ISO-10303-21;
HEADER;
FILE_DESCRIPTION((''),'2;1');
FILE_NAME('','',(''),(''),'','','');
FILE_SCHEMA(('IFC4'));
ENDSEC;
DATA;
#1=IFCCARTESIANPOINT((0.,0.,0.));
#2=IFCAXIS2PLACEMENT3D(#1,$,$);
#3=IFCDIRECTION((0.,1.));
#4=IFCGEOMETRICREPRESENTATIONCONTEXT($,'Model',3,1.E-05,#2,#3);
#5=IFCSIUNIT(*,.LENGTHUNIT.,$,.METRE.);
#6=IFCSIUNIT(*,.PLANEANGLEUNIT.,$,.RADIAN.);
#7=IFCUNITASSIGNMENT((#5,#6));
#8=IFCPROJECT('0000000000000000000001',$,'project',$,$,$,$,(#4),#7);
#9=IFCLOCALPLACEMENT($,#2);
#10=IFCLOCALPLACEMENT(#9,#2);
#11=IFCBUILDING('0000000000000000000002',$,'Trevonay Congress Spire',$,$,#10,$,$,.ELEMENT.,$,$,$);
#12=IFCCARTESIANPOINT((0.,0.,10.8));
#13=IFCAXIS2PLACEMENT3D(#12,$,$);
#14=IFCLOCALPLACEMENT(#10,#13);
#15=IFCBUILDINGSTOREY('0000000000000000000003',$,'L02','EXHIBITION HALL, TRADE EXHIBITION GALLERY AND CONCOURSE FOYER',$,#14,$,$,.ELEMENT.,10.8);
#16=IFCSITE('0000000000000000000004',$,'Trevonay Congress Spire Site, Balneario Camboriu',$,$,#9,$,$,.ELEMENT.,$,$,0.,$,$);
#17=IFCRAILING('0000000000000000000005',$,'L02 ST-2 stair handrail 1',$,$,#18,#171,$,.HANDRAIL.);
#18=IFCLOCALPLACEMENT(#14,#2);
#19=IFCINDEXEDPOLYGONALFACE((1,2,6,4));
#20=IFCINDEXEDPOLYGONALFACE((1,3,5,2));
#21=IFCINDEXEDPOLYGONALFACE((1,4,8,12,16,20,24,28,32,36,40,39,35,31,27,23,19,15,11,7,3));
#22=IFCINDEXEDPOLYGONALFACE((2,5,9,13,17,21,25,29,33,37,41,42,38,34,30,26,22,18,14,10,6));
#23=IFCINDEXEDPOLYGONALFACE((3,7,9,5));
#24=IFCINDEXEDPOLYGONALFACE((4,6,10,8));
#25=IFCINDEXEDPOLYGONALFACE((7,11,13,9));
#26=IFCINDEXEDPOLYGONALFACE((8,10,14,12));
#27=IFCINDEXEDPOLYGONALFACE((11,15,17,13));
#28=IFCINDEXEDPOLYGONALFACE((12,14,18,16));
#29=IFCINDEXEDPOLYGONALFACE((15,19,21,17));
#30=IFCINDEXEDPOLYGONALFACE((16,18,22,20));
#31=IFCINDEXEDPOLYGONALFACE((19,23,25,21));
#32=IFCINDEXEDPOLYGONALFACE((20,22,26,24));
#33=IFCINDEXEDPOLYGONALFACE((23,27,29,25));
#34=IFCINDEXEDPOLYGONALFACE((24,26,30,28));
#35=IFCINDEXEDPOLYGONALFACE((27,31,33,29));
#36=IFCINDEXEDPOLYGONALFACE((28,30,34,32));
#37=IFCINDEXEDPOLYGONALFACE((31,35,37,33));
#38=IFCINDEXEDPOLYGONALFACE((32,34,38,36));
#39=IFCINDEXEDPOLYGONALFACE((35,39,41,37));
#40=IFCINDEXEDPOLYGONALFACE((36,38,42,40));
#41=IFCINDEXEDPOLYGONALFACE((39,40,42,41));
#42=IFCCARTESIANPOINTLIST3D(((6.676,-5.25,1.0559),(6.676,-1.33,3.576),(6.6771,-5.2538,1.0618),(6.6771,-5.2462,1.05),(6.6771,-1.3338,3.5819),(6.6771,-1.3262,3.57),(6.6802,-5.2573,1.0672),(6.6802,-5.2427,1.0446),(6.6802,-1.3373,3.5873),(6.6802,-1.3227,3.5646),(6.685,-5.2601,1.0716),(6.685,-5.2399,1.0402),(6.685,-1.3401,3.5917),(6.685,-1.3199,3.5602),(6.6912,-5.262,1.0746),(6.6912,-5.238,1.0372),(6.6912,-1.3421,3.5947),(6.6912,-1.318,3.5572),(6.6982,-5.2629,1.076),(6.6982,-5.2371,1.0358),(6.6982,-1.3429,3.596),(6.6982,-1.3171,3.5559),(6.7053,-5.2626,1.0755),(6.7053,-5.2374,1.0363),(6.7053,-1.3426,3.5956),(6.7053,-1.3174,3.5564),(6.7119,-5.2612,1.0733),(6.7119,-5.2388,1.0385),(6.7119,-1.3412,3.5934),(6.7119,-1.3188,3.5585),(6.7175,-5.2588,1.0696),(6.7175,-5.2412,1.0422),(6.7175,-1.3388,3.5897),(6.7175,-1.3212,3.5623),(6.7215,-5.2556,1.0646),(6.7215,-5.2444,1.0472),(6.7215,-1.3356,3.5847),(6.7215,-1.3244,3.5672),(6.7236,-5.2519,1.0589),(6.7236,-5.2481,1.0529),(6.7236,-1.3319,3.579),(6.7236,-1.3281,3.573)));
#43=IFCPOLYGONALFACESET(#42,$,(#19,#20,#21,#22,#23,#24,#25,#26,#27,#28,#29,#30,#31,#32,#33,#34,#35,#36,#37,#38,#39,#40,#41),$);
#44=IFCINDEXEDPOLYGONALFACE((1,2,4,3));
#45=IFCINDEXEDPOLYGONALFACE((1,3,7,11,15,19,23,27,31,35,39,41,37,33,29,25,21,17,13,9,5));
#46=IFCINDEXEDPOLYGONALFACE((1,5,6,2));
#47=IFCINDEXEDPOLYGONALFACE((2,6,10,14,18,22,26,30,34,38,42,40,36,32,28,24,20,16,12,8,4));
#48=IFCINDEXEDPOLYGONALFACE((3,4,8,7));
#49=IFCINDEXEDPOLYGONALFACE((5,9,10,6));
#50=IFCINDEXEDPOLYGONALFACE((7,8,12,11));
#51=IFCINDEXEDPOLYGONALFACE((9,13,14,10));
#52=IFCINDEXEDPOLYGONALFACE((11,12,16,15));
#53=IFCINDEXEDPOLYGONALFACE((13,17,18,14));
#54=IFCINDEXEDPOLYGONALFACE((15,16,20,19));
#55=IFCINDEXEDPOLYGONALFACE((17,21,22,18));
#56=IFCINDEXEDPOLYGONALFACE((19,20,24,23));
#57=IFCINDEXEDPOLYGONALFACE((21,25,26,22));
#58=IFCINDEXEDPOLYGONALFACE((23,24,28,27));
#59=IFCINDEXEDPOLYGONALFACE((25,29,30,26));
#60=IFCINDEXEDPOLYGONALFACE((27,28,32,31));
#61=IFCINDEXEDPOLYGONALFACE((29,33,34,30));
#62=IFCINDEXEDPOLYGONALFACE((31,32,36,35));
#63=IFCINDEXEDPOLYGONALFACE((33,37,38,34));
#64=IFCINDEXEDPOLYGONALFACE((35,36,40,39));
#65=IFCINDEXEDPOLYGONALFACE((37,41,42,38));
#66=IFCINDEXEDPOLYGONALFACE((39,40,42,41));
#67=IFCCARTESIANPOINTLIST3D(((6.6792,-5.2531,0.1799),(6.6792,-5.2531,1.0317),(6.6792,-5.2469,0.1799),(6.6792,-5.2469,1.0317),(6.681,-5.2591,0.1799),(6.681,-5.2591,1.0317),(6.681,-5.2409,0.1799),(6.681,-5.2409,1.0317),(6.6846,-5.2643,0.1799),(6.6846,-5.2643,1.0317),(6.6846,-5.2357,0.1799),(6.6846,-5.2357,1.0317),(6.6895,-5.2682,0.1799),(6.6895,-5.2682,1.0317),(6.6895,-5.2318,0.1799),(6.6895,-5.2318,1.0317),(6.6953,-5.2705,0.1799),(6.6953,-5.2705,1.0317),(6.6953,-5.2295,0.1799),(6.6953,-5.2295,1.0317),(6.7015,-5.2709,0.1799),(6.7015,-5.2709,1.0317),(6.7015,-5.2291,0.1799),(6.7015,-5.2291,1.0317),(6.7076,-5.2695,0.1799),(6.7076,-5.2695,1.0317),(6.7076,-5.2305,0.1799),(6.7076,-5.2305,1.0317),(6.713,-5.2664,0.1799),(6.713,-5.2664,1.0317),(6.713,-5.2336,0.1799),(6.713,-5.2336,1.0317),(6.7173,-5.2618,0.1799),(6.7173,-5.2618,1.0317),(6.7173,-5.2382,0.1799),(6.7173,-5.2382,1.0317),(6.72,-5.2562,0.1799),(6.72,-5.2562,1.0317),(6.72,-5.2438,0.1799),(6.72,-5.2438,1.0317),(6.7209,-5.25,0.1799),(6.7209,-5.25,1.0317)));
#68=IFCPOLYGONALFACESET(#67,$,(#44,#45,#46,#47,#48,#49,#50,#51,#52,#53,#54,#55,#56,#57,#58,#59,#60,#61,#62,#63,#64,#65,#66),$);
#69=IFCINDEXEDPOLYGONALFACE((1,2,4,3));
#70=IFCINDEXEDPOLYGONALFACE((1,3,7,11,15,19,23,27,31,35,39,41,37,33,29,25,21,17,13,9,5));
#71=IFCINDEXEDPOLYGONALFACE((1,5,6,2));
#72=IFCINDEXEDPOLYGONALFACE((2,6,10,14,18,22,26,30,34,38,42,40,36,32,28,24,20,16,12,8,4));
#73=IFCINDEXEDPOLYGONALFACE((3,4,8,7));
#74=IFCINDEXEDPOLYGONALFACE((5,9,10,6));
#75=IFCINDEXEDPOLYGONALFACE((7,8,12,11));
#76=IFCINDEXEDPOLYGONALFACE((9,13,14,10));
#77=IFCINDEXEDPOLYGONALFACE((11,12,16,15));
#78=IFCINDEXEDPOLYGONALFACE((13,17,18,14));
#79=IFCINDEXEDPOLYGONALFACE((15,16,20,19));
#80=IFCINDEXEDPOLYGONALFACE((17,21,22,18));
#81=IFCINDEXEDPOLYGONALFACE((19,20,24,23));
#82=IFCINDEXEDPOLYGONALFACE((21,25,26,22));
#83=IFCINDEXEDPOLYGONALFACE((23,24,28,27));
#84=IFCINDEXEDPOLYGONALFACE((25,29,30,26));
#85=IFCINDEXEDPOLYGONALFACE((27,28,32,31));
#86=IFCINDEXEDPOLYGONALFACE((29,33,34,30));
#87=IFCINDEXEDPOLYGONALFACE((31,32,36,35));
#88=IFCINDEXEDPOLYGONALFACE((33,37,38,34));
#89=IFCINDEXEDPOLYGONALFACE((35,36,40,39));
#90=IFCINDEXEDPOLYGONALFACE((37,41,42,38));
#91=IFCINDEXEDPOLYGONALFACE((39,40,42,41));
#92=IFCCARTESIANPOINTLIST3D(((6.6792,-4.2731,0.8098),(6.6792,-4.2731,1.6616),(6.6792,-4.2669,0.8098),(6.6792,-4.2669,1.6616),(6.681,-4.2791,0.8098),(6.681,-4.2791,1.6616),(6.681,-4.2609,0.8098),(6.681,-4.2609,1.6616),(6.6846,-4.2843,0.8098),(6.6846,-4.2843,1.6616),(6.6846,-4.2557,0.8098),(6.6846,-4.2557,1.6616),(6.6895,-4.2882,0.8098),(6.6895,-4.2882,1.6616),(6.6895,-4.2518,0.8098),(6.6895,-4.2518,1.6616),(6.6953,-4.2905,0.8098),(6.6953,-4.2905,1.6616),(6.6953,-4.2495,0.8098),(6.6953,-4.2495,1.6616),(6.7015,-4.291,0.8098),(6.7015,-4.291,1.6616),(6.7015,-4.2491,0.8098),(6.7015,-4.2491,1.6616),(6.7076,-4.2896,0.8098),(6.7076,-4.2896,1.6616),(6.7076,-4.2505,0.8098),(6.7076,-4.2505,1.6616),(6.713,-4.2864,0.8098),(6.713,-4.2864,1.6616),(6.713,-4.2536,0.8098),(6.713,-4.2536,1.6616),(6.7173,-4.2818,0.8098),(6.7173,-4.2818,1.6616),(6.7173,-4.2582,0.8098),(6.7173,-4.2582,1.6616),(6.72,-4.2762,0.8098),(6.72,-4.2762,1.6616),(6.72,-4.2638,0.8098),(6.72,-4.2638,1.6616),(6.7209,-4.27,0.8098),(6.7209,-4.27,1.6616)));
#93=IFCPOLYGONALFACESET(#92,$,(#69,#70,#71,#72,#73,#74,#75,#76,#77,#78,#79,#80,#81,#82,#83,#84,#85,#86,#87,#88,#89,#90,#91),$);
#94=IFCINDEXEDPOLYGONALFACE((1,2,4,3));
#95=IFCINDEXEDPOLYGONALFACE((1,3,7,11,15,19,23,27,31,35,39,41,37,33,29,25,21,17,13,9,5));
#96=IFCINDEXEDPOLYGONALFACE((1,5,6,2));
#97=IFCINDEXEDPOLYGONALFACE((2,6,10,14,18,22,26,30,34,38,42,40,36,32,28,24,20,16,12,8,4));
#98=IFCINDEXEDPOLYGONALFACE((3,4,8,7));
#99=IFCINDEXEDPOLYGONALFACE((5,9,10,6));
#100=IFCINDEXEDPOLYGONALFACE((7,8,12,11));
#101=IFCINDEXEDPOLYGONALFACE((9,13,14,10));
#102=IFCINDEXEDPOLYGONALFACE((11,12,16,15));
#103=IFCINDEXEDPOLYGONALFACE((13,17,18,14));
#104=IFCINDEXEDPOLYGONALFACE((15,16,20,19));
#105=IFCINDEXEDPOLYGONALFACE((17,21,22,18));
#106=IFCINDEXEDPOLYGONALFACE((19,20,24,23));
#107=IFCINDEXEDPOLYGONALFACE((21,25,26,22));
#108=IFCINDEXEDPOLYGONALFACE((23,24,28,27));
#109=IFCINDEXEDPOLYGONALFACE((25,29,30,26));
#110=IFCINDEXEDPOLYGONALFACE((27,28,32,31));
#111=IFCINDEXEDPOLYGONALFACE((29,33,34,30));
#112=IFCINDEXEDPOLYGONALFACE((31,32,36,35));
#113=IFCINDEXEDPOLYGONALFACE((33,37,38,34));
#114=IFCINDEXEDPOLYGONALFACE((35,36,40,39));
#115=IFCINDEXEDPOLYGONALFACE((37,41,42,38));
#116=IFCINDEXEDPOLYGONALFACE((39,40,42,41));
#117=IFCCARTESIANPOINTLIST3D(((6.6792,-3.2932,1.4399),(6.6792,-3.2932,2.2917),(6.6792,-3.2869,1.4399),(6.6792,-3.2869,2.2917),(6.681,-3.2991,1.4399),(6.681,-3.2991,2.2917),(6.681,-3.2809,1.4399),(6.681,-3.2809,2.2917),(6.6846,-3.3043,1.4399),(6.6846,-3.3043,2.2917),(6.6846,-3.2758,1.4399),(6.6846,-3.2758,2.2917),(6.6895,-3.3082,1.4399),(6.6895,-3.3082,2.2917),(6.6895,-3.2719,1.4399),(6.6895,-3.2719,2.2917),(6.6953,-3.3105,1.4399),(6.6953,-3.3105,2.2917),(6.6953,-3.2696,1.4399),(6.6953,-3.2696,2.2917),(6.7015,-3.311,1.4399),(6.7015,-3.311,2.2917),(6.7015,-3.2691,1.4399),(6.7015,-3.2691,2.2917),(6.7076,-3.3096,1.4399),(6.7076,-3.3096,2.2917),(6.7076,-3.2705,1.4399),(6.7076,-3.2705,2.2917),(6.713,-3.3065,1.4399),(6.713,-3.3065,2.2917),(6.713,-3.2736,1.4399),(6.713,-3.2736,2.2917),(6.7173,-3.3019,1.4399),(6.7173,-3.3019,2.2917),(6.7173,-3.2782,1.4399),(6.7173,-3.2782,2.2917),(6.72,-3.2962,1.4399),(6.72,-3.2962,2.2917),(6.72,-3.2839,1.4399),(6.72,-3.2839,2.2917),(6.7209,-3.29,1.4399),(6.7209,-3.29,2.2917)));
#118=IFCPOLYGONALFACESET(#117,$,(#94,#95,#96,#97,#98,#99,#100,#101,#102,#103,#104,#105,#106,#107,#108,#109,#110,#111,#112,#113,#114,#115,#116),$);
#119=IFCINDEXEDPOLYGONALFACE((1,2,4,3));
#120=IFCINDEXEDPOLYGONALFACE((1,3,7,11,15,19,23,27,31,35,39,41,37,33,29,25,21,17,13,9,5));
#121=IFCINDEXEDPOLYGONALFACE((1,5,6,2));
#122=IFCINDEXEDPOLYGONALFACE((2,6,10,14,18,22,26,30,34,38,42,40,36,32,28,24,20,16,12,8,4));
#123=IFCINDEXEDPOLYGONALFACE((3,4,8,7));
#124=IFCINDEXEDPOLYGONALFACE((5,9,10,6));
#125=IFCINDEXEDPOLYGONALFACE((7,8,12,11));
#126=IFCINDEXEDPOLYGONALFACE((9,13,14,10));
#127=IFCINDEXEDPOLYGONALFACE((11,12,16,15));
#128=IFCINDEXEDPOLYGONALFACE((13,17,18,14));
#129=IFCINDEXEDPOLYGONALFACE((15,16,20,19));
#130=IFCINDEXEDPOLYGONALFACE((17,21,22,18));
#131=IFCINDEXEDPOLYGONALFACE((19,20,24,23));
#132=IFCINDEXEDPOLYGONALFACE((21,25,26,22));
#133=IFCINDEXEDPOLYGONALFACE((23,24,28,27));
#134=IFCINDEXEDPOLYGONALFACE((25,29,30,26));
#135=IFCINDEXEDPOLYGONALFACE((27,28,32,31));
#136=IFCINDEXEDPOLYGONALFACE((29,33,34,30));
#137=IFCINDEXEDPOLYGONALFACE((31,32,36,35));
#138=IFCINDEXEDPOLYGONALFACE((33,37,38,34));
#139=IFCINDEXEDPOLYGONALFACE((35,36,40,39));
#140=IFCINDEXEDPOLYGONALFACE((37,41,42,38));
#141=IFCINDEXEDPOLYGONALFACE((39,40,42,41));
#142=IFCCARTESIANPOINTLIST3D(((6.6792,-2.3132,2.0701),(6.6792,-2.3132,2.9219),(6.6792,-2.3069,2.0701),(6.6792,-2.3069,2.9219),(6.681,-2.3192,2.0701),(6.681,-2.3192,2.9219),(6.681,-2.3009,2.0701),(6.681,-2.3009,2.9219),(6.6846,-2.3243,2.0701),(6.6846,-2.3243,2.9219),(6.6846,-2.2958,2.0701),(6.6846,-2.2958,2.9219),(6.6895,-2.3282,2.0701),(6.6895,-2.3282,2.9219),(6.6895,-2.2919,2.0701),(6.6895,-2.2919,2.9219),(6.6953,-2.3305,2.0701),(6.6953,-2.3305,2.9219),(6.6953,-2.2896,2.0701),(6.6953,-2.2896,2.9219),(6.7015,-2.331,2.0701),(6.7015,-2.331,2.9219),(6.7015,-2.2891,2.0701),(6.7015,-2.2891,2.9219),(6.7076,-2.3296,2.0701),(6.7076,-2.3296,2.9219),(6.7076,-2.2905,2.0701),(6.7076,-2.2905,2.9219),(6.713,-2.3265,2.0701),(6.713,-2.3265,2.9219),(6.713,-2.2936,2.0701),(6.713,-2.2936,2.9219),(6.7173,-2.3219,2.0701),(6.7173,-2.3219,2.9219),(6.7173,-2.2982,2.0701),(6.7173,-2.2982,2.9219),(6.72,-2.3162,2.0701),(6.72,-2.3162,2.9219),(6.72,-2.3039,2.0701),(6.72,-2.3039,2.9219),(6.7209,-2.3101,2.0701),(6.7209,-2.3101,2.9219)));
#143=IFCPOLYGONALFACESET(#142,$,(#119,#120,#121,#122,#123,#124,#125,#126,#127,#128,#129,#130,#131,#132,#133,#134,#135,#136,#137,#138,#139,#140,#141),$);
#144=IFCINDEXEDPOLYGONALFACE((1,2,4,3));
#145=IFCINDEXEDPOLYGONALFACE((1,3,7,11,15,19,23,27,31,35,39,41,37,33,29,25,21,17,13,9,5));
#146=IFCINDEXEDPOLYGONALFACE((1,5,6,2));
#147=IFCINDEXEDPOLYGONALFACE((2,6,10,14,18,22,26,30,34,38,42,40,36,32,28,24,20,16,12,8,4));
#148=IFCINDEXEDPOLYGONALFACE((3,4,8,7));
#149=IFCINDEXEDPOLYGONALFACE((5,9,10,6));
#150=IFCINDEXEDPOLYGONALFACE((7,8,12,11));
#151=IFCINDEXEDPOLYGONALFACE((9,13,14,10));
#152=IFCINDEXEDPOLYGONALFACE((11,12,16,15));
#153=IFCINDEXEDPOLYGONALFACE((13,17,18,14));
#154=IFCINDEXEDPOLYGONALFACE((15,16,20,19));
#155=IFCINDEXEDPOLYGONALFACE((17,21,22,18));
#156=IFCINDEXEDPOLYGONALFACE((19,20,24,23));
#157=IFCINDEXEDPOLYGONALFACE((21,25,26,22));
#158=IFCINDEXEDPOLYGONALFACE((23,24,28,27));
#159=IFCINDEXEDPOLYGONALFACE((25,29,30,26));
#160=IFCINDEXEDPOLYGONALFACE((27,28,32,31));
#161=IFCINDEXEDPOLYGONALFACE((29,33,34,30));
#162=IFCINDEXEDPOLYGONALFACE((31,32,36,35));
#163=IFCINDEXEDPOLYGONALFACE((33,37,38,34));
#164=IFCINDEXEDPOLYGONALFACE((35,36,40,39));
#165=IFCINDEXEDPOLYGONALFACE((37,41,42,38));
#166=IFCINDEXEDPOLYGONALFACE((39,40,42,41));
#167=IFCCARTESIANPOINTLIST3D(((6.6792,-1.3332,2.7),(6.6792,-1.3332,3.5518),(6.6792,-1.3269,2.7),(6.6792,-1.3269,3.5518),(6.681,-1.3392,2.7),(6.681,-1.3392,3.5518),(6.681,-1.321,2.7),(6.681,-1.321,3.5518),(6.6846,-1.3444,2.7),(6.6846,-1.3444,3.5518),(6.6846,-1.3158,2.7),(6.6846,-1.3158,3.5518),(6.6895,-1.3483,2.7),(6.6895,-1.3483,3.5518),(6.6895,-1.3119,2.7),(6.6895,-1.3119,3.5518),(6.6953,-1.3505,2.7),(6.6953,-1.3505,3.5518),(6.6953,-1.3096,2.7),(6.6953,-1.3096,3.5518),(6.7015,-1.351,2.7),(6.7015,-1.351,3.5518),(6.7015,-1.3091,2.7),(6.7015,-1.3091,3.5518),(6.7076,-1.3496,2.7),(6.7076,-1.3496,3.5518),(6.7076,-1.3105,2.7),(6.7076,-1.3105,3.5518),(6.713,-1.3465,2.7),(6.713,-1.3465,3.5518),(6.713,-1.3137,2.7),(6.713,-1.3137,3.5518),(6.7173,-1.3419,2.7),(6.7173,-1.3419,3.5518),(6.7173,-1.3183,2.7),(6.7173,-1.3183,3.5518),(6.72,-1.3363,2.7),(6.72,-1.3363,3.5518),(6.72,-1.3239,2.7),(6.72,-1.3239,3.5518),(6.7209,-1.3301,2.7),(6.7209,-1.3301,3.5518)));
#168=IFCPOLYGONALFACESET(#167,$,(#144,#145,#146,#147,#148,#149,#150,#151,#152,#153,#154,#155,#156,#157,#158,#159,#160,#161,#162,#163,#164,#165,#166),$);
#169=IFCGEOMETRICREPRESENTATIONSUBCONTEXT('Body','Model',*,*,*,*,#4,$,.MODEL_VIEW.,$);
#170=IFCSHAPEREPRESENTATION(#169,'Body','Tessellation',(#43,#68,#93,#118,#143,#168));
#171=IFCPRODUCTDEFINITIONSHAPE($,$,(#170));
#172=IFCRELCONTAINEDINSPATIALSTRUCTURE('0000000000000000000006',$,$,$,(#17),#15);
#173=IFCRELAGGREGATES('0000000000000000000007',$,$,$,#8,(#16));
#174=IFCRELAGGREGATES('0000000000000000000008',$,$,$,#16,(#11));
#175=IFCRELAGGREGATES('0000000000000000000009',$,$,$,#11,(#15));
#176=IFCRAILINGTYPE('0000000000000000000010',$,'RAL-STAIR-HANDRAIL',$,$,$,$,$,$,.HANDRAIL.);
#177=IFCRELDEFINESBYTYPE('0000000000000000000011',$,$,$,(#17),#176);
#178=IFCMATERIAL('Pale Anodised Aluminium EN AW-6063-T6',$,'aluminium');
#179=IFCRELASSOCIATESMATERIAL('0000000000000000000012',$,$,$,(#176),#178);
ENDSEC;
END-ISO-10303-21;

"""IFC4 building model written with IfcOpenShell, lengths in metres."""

from ifc_helpers import new_model, si_unit, direction, frame, origin, origin_2d, place, context, subcontext, project, spatial, circle, extrude, material, type_object, element, save


model = new_model("IFC4")

# Units and contexts
model_context = context("Model", 3, precision=1e-05, world=origin(), true_north=direction((0.0, 1.0)))
body_context = subcontext(model_context, "Body", "Model", "MODEL_VIEW")
ifc_project = project(units=[si_unit("LENGTHUNIT", "METRE"), si_unit("PLANEANGLEUNIT", "RADIAN")], contexts=[model_context])

# Site, building, storey
site_placement = place(None, origin())
site = spatial("IfcSite", under=ifc_project, at=site_placement, Name="Trevonay Congress Spire Site, Balneario Camboriu", CompositionType="ELEMENT", RefElevation=0.0)
building_placement = place(site_placement, origin())
building = spatial("IfcBuilding", under=site, at=building_placement, Name="Trevonay Congress Spire", CompositionType="ELEMENT")
storey_placement = place(building_placement, frame((0.0, 0.0, 10.8)))
storey = spatial("IfcBuildingStorey", under=building, at=storey_placement, Name="L02", Description="EXHIBITION HALL, TRADE EXHIBITION GALLERY AND CONCOURSE FOYER", CompositionType="ELEMENT", Elevation=10.8)

# Railing
ifc_material_1 = material(Name="Pale Anodised Aluminium EN AW-6063-T6", Category="aluminium")
railing_type_1 = type_object("IfcRailingType", Name="RAL-STAIR-HANDRAIL", PredefinedType="HANDRAIL", material=ifc_material_1)
railing_1_placement = place(storey_placement, frame((6.7, -5.25, 0.1799)))
element("IfcRailing", 1, at=railing_1_placement, inside=storey, type_object=railing_type_1, Name="L02 ST-2 stair handrail 1", PredefinedType="HANDRAIL", context=body_context, shape_type="SweptSolid", body=[
    extrude(circle(Radius=0.0239, at=origin_2d()), frame((0.0, 0.0, 0.876), z_axis=(0.0, 0.841172, 0.540768), x_axis=(-1.0, 0.0, 0.0)), (0.0, 0.0, 1.0), 4.6602),
    extrude(circle(Radius=0.021, at=origin_2d()), origin(), (0.0, 0.0, 1.0), 0.8518),
    extrude(circle(Radius=0.021, at=origin_2d()), frame((0.0, 0.98, 0.6299)), (0.0, 0.0, 1.0), 0.8518),
    extrude(circle(Radius=0.021, at=origin_2d()), frame((0.0, 1.96, 1.26)), (0.0, 0.0, 1.0), 0.8518),
    extrude(circle(Radius=0.021, at=origin_2d()), frame((0.0, 2.9399, 1.8901)), (0.0, 0.0, 1.0), 0.8518),
    extrude(circle(Radius=0.021, at=origin_2d()), frame((0.0, 3.9199, 2.52)), (0.0, 0.0, 1.0), 0.8518),
])

save(model, "model.ifc")
